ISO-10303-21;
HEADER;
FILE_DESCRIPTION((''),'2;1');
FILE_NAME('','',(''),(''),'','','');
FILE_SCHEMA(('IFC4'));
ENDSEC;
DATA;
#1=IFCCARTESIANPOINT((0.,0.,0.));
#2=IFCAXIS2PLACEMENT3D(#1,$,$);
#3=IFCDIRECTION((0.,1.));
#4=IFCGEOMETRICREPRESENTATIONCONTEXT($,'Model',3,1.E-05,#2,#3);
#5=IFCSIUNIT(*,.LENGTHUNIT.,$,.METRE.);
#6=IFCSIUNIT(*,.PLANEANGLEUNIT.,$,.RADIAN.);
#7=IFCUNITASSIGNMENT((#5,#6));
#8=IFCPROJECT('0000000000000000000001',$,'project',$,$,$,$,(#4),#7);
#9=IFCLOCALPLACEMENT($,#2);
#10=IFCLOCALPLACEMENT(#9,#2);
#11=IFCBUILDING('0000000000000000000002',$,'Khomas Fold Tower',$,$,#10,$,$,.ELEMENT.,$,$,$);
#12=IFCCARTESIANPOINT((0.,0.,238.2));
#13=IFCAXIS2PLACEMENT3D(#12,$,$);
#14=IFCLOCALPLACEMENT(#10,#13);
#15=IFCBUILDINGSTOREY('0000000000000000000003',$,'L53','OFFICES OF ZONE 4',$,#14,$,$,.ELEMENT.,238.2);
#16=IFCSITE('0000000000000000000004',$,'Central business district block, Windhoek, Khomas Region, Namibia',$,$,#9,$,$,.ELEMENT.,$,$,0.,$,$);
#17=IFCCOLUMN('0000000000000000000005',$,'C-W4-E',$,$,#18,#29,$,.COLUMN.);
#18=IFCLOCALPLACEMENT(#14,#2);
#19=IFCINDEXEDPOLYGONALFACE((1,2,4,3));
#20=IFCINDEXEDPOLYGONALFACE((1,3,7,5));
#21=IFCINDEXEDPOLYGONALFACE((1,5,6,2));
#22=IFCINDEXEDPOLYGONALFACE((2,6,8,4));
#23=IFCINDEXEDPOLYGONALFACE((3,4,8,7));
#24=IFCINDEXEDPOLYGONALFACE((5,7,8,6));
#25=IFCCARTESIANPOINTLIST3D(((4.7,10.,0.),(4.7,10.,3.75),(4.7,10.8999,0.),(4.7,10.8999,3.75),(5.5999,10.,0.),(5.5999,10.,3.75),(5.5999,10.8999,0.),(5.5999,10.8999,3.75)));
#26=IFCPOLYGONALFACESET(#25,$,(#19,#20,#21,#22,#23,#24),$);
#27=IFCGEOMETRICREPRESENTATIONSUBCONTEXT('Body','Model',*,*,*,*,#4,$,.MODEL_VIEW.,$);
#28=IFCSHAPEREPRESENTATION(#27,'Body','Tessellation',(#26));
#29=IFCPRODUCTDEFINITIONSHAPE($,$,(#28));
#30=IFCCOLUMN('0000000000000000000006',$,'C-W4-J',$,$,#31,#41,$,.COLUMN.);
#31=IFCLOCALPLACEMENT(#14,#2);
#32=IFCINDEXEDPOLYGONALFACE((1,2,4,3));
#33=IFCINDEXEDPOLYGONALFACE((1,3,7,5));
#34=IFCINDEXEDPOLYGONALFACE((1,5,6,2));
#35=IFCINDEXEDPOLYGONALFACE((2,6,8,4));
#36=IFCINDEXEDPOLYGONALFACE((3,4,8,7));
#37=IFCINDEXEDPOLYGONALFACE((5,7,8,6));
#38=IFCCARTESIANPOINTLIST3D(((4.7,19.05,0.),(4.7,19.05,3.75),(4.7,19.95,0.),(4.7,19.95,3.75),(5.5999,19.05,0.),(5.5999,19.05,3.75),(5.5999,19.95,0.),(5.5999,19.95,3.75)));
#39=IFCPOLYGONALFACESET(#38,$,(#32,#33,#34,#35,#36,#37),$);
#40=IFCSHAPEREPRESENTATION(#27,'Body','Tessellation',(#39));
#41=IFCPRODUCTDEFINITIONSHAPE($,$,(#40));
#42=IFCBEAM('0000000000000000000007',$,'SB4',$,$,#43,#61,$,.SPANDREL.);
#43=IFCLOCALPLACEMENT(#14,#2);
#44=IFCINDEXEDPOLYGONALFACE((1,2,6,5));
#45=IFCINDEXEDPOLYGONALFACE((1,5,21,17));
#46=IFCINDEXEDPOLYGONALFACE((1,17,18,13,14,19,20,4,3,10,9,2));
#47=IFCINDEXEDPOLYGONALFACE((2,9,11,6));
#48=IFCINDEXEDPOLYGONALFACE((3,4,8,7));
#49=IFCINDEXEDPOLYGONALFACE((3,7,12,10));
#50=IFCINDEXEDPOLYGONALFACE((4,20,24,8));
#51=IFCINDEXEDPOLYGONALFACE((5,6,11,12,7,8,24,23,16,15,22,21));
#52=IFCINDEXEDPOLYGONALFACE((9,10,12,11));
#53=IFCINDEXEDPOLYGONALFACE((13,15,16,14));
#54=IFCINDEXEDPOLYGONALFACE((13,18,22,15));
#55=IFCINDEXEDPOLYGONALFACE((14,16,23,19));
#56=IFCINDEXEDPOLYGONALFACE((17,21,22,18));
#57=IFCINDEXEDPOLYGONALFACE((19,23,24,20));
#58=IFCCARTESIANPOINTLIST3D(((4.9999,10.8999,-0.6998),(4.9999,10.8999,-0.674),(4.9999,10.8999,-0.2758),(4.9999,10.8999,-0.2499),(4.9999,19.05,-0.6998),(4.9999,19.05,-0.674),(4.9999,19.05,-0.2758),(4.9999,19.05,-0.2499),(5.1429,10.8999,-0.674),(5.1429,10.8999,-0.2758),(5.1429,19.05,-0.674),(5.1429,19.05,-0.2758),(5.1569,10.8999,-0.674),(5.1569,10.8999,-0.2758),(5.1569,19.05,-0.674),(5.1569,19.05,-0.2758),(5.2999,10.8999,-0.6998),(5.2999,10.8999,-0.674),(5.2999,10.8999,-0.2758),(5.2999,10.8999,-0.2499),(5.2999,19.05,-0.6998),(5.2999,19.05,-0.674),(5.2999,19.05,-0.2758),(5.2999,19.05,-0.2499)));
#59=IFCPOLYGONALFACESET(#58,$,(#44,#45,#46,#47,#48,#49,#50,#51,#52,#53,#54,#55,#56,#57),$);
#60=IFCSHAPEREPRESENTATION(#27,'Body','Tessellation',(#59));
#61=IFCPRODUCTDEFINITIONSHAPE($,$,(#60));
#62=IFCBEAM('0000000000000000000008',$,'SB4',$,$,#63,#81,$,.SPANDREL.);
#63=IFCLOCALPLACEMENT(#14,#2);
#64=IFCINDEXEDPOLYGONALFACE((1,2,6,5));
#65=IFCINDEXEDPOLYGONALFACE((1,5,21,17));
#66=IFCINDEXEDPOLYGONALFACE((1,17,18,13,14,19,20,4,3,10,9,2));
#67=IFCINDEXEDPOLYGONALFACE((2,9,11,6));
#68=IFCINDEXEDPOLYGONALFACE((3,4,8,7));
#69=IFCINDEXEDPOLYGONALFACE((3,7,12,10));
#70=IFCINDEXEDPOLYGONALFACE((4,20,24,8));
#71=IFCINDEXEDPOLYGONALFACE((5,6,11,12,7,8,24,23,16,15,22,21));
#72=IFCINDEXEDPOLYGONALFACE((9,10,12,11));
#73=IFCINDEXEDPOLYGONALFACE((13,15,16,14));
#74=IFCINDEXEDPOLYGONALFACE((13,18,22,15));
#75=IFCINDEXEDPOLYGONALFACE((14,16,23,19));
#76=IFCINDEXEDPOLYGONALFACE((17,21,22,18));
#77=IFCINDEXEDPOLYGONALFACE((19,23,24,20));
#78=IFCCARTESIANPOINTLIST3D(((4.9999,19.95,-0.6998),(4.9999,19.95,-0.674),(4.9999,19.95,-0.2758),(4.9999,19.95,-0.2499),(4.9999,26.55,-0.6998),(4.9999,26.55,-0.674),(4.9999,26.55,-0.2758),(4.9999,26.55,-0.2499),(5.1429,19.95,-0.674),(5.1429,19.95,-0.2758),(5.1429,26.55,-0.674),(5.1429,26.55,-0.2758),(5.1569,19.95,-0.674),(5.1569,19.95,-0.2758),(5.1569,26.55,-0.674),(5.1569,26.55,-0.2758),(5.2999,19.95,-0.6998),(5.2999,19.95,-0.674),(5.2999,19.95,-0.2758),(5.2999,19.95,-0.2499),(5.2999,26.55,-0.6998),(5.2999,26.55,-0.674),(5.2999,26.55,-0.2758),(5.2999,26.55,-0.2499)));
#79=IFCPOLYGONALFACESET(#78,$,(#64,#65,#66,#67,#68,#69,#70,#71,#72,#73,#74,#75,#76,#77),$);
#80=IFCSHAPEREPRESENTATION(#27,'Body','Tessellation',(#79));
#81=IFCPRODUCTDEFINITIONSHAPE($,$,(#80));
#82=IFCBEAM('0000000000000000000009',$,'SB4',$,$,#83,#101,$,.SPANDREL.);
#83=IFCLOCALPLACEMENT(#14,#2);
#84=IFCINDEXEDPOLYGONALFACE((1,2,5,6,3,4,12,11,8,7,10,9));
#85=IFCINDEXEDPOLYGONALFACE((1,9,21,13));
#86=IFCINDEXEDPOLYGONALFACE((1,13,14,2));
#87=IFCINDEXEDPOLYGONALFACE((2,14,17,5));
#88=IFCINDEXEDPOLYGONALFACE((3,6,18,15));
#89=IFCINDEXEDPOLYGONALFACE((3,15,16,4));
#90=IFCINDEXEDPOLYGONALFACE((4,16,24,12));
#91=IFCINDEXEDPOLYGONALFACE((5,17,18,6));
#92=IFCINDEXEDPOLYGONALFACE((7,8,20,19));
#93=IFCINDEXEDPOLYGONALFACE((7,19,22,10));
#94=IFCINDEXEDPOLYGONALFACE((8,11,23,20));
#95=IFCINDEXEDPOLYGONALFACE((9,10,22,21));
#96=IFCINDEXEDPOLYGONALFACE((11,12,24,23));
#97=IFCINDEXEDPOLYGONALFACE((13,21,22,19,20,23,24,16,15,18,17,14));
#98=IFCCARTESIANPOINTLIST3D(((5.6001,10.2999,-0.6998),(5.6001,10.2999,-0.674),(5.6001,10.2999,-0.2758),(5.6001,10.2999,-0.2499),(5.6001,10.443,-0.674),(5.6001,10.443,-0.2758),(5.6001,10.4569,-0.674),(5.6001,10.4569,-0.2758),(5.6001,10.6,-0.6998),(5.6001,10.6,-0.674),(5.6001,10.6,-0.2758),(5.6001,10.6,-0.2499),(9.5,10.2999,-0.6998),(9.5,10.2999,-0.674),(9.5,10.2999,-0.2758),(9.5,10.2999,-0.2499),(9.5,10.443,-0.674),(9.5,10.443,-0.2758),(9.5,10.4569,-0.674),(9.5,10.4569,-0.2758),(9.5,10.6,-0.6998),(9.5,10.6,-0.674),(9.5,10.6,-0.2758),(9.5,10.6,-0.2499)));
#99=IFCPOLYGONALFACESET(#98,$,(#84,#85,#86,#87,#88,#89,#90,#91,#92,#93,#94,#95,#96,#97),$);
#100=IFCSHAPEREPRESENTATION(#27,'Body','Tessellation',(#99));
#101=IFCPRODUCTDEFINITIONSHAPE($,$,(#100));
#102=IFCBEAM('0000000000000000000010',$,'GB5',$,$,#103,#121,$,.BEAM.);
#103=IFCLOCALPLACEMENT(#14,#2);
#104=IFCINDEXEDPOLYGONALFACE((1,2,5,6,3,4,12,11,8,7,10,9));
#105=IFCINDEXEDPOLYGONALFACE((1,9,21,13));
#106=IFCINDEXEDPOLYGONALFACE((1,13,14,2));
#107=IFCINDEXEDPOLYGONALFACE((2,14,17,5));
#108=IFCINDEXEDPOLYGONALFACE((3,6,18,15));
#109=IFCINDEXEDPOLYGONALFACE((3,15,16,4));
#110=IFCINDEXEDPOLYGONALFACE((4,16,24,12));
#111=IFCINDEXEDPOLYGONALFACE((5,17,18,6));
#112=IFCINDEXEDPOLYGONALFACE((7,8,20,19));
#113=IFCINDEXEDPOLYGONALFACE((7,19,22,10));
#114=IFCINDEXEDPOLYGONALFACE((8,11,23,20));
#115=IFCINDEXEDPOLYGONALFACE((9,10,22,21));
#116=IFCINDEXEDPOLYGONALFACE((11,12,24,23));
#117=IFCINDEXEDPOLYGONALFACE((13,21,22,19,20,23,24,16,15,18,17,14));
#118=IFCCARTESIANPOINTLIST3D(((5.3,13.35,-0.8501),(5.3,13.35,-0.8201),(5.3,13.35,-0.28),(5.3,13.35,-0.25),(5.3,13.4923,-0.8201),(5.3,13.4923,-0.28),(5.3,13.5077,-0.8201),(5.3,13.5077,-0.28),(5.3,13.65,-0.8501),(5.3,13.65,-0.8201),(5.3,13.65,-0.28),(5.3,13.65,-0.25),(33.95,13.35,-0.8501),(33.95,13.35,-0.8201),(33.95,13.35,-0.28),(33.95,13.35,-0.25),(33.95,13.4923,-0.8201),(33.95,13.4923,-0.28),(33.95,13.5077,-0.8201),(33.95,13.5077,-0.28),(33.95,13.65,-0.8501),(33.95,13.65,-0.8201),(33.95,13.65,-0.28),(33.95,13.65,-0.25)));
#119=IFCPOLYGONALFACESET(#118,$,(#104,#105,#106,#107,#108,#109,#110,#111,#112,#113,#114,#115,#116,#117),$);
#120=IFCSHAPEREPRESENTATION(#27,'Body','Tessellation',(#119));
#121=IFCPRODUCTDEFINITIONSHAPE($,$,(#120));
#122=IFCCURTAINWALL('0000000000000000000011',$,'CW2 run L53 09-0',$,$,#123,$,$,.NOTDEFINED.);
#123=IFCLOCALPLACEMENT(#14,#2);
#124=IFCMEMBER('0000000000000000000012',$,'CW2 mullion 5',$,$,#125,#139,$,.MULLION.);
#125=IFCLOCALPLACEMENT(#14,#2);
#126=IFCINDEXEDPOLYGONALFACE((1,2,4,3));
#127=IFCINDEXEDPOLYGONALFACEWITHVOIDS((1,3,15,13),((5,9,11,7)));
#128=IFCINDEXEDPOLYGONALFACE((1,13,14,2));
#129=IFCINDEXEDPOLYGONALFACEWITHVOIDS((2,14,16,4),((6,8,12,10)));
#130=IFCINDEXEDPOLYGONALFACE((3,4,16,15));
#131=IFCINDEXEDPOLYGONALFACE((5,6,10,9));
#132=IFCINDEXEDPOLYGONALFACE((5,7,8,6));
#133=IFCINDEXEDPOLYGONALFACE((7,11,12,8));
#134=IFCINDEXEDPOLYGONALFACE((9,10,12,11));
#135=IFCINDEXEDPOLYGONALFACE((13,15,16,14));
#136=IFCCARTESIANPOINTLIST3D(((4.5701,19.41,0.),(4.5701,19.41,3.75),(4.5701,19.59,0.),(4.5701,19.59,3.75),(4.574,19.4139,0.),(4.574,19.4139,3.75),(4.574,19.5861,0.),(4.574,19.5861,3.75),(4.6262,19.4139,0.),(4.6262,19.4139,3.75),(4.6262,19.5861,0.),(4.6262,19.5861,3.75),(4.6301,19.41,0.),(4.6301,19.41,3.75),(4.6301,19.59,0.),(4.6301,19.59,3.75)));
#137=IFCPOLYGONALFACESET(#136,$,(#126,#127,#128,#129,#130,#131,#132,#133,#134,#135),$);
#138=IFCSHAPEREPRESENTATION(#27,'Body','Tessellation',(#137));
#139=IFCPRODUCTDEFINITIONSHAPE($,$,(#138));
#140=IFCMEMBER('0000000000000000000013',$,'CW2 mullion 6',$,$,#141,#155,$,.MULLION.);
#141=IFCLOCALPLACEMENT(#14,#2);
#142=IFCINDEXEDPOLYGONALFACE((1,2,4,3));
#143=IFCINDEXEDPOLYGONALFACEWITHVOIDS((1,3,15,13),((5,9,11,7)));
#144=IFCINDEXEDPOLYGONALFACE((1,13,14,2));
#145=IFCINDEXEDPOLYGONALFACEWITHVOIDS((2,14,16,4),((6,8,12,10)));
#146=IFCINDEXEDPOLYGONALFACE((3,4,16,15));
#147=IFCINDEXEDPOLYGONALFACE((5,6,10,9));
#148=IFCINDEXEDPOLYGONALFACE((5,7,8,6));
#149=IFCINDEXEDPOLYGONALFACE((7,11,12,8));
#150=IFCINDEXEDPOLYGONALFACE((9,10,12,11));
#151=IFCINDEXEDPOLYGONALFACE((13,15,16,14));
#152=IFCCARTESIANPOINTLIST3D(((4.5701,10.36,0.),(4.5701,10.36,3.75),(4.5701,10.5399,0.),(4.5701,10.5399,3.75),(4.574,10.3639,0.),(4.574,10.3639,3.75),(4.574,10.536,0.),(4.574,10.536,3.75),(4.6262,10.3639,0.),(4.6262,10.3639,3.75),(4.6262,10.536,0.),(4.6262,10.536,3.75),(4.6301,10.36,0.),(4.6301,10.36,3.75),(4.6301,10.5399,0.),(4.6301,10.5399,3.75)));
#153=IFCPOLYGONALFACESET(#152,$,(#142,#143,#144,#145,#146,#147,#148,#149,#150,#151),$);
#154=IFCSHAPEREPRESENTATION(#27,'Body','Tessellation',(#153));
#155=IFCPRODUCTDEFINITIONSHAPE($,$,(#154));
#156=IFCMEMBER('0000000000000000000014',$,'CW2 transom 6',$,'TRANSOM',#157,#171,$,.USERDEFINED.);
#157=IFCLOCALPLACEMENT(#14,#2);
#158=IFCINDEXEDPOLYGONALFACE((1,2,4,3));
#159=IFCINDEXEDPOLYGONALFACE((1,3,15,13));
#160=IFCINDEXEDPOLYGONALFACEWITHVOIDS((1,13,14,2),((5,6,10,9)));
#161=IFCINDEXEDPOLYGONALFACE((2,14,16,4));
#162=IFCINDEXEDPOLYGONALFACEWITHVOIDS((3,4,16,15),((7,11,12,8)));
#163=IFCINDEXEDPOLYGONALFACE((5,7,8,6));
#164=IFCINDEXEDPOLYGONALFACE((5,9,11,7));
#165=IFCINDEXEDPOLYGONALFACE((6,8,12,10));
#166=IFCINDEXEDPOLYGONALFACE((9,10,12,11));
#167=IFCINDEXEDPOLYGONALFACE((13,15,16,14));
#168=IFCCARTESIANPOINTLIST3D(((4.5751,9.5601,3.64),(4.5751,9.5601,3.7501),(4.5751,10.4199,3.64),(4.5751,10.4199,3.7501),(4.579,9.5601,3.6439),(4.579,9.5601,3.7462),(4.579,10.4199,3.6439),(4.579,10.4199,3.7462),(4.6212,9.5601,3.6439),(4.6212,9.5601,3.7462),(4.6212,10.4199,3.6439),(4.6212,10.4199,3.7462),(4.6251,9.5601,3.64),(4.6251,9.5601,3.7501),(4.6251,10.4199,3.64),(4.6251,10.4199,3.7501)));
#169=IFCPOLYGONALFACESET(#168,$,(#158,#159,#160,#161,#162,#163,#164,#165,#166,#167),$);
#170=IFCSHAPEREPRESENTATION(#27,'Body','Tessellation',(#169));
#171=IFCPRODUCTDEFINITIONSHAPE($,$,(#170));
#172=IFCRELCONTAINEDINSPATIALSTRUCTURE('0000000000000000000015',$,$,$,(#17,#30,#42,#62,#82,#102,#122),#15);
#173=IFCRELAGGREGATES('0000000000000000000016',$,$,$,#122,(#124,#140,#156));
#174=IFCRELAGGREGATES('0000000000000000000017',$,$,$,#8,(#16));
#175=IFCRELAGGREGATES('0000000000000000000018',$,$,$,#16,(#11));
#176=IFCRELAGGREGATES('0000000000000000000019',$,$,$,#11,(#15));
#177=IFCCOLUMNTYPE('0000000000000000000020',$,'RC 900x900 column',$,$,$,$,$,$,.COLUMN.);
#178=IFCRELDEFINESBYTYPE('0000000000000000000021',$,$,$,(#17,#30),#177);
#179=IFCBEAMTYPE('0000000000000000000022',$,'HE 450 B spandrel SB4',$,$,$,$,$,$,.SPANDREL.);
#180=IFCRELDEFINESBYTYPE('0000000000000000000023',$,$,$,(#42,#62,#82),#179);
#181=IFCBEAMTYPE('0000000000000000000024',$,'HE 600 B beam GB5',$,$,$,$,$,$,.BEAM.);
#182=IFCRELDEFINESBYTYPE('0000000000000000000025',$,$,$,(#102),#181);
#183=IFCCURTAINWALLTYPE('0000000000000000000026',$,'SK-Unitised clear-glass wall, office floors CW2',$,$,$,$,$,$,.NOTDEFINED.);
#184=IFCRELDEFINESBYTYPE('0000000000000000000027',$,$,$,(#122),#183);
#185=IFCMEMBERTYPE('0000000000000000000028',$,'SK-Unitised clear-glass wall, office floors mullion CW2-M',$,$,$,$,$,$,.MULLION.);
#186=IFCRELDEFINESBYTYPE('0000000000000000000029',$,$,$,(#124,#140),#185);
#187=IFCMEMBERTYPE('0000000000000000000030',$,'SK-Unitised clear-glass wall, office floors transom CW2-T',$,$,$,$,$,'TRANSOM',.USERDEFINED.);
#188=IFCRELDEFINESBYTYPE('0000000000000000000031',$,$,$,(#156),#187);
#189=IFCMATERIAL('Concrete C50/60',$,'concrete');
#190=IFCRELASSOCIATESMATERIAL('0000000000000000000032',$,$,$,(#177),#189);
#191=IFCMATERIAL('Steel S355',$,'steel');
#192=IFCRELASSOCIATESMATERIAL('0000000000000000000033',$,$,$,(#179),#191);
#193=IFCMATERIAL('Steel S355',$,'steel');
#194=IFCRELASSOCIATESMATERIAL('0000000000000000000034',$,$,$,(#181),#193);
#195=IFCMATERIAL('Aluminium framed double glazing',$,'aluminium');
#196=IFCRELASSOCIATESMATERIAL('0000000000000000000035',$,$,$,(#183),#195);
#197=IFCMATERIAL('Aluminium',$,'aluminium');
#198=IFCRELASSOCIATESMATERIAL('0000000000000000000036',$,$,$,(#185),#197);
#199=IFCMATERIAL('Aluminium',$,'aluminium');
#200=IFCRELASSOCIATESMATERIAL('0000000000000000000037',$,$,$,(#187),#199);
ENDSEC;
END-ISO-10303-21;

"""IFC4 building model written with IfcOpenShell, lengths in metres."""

from ifc_helpers import new_model, si_unit, direction, frame, origin, origin_2d, place, context, subcontext, project, spatial, rectangle, hollow_rectangle, i_section, extrude, source, transform, mapped, material, material_profile, profile_set, type_object, element, aggregate, save


model = new_model("IFC4")

# Units and contexts
model_context = context("Model", 3, precision=1e-05, world=origin(), true_north=direction((0.0, 1.0)))
body_context = subcontext(model_context, "Body", "Model", "MODEL_VIEW")
ifc_project = project(units=[si_unit("LENGTHUNIT", "METRE"), si_unit("PLANEANGLEUNIT", "RADIAN")], contexts=[model_context])

# Site, building, storey
site_placement = place(None, origin())
site = spatial("IfcSite", under=ifc_project, at=site_placement, Name="Central business district block, Windhoek, Khomas Region, Namibia", CompositionType="ELEMENT", RefElevation=0.0)
building_placement = place(site_placement, origin())
building = spatial("IfcBuilding", under=site, at=building_placement, Name="Khomas Fold Tower", CompositionType="ELEMENT")
storey_placement = place(building_placement, frame((0.0, 0.0, 238.2)))
storey = spatial("IfcBuildingStorey", under=building, at=storey_placement, Name="L53", Description="OFFICES OF ZONE 4", CompositionType="ELEMENT", Elevation=238.2)

# Columns
ifc_material_1 = material(Name="Concrete C50/60", Category="concrete")
ifc_material_profile_1 = material_profile(ifc_material_1, rectangle(XDim=0.8999, YDim=0.8999, at=origin_2d()), Name="RC 900x900")
ifc_profile_set_1 = profile_set([ifc_material_profile_1], Name="Concrete C50/60")
column_type = type_object("IfcColumnType", Name="RC 900x900 column", PredefinedType="COLUMN", material=ifc_profile_set_1)
shared_shape_1 = source(origin(), body_context, "Body", "SweptSolid", [
    extrude(rectangle(XDim=0.8999, YDim=0.8999, at=origin_2d()), origin(), (0.0, 0.0, 1.0), 3.75),
])
for number, where, z_axis, x_axis, name in (
    (1, (5.1499, 10.45, 0.0), (0.0, 0.0, 1.0), (1.0, 0.0, 0.0), "C-W4-E"),
    (2, (5.1499, 19.5, 0.0), (0.0, 0.0, 1.0), (1.0, 0.0, 0.0), "C-W4-J"),
):
    element("IfcColumn", number, at=place(storey_placement, frame(where, z_axis=z_axis, x_axis=x_axis)), inside=storey, type_object=column_type, Name=name, PredefinedType="COLUMN", context=body_context, shape_type="MappedRepresentation", body=[
        mapped(shared_shape_1, transform((0.0, 0.0, 0.0))),
    ])

# Beams
ifc_material_2 = material(Name="Steel S355", Category="steel")
ifc_material_profile_2 = material_profile(ifc_material_2, i_section(OverallWidth=0.3, OverallDepth=0.45, WebThickness=0.0139, FlangeThickness=0.0259, at=origin_2d()), Name="HE 450 B")
ifc_profile_set_2 = profile_set([ifc_material_profile_2], Name="Steel S355")
beam_type_1 = type_object("IfcBeamType", Name="HE 450 B spandrel SB4", PredefinedType="SPANDREL", material=ifc_profile_set_2)
shared_shape_2 = source(origin(), body_context, "Body", "SweptSolid", [
    extrude(i_section(OverallWidth=0.3, OverallDepth=0.45, WebThickness=0.0139, FlangeThickness=0.0259, at=origin_2d()), origin(), (0.0, 0.0, 1.0), 8.1501),
])
beam_1_placement = place(storey_placement, frame((5.1499, 10.8999, -0.4749), z_axis=(0.0, 1.0, 0.0), x_axis=(-1.0, 0.0, 0.0)))
element("IfcBeam", 3, at=beam_1_placement, inside=storey, type_object=beam_type_1, Name="SB4", PredefinedType="SPANDREL", context=body_context, shape_type="MappedRepresentation", body=[
    mapped(shared_shape_2, transform((0.0, 0.0, 0.0))),
])
shared_shape_3 = source(origin(), body_context, "Body", "SweptSolid", [
    extrude(i_section(OverallWidth=0.3, OverallDepth=0.45, WebThickness=0.0139, FlangeThickness=0.0259, at=origin_2d()), origin(), (0.0, 0.0, 1.0), 6.6001),
])
beam_2_placement = place(storey_placement, frame((5.1499, 19.95, -0.4749), z_axis=(0.0, 1.0, 0.0), x_axis=(-1.0, 0.0, 0.0)))
element("IfcBeam", 4, at=beam_2_placement, inside=storey, type_object=beam_type_1, Name="SB4", PredefinedType="SPANDREL", context=body_context, shape_type="MappedRepresentation", body=[
    mapped(shared_shape_3, transform((0.0, 0.0, 0.0))),
])
shared_shape_4 = source(origin(), body_context, "Body", "SweptSolid", [
    extrude(i_section(OverallWidth=0.3, OverallDepth=0.45, WebThickness=0.0139, FlangeThickness=0.0259, at=origin_2d()), origin(), (0.0, 0.0, 1.0), 3.8999),
])
beam_3_placement = place(storey_placement, frame((5.6001, 10.45, -0.4749), z_axis=(1.0, 0.0, 0.0), x_axis=(0.0, 1.0, 0.0)))
element("IfcBeam", 5, at=beam_3_placement, inside=storey, type_object=beam_type_1, Name="SB4", PredefinedType="SPANDREL", context=body_context, shape_type="MappedRepresentation", body=[
    mapped(shared_shape_4, transform((0.0, 0.0, 0.0))),
])
ifc_material_3 = material(Name="Steel S355", Category="steel")
ifc_material_profile_3 = material_profile(ifc_material_3, i_section(OverallWidth=0.3, OverallDepth=0.6001, WebThickness=0.0154, FlangeThickness=0.03, at=origin_2d()), Name="HE 600 B")
ifc_profile_set_3 = profile_set([ifc_material_profile_3], Name="Steel S355")
beam_type_2 = type_object("IfcBeamType", Name="HE 600 B beam GB5", PredefinedType="BEAM", material=ifc_profile_set_3)
shared_shape_5 = source(origin(), body_context, "Body", "SweptSolid", [
    extrude(i_section(OverallWidth=0.3, OverallDepth=0.6001, WebThickness=0.0154, FlangeThickness=0.03, at=origin_2d()), origin(), (0.0, 0.0, 1.0), 28.6499),
])
beam_4_placement = place(storey_placement, frame((5.3, 13.5, -0.55), z_axis=(1.0, 0.0, 0.0), x_axis=(0.0, 1.0, 0.0)))
element("IfcBeam", 6, at=beam_4_placement, inside=storey, type_object=beam_type_2, Name="GB5", PredefinedType="BEAM", context=body_context, shape_type="MappedRepresentation", body=[
    mapped(shared_shape_5, transform((0.0, 0.0, 0.0))),
])

# Curtain wall, members
ifc_material_4 = material(Name="Aluminium framed double glazing", Category="aluminium")
curtain_wall_type = type_object("IfcCurtainWallType", Name="SK-Unitised clear-glass wall, office floors CW2", PredefinedType="NOTDEFINED", material=ifc_material_4)
curtain_wall_placement = place(storey_placement, origin())
curtain_wall = element("IfcCurtainWall", 7, at=curtain_wall_placement, inside=storey, type_object=curtain_wall_type, Name="CW2 run L53 09-0", PredefinedType="NOTDEFINED")
ifc_material_5 = material(Name="Aluminium", Category="aluminium")
ifc_material_profile_4 = material_profile(ifc_material_5, hollow_rectangle(XDim=0.0601, YDim=0.1799, WallThickness=0.0039, at=origin_2d()), Name="SK-Unitised clear-glass wall, office floors mullion CW2-M")
ifc_profile_set_4 = profile_set([ifc_material_profile_4], Name="Aluminium")
member_type_1 = type_object("IfcMemberType", Name="SK-Unitised clear-glass wall, office floors mullion CW2-M", PredefinedType="MULLION", material=ifc_profile_set_4)
shared_shape_6 = source(origin(), body_context, "Body", "SweptSolid", [
    extrude(hollow_rectangle(XDim=0.0601, YDim=0.1799, WallThickness=0.0039, at=origin_2d()), origin(), (0.0, 0.0, 1.0), 3.75),
])
member_1_placement = place(storey_placement, frame((4.6001, 19.5, 0.0), z_axis=(0.0, 0.0, 1.0), x_axis=(1.0, 0.0, 0.0)))
member_1 = element("IfcMember", 8, at=member_1_placement, type_object=member_type_1, Name="CW2 mullion 5", PredefinedType="MULLION", context=body_context, shape_type="MappedRepresentation", body=[
    mapped(shared_shape_6, transform((0.0, 0.0, 0.0))),
])
member_2_placement = place(storey_placement, frame((4.6001, 10.45, 0.0), z_axis=(0.0, 0.0, 1.0), x_axis=(1.0, 0.0, 0.0)))
member_2 = element("IfcMember", 9, at=member_2_placement, type_object=member_type_1, Name="CW2 mullion 6", PredefinedType="MULLION", context=body_context, shape_type="MappedRepresentation", body=[
    mapped(shared_shape_6, transform((0.0, 0.0, 0.0))),
])
ifc_material_6 = material(Name="Aluminium", Category="aluminium")
ifc_material_profile_5 = material_profile(ifc_material_6, hollow_rectangle(XDim=0.05, YDim=0.1101, WallThickness=0.0039, at=origin_2d()), Name="SK-Unitised clear-glass wall, office floors transom CW2-T")
ifc_profile_set_5 = profile_set([ifc_material_profile_5], Name="Aluminium")
member_type_2 = type_object("IfcMemberType", Name="SK-Unitised clear-glass wall, office floors transom CW2-T", ElementType="TRANSOM", PredefinedType="USERDEFINED", material=ifc_profile_set_5)
shared_shape_7 = source(origin(), body_context, "Body", "SweptSolid", [
    extrude(hollow_rectangle(XDim=0.05, YDim=0.1101, WallThickness=0.0039, at=origin_2d()), origin(), (0.0, 0.0, 1.0), 0.8599),
])
member_3_placement = place(storey_placement, frame((4.6001, 10.4199, 3.6951), z_axis=(0.0, -1.0, 0.0), x_axis=(1.0, 0.0, 0.0)))
member_3 = element("IfcMember", 10, at=member_3_placement, type_object=member_type_2, Name="CW2 transom 6", ObjectType="TRANSOM", PredefinedType="USERDEFINED", context=body_context, shape_type="MappedRepresentation", body=[
    mapped(shared_shape_7, transform((0.0, 0.0, 0.0))),
])
aggregate(curtain_wall, [member_1, member_2, member_3])

save(model, "model.ifc")
